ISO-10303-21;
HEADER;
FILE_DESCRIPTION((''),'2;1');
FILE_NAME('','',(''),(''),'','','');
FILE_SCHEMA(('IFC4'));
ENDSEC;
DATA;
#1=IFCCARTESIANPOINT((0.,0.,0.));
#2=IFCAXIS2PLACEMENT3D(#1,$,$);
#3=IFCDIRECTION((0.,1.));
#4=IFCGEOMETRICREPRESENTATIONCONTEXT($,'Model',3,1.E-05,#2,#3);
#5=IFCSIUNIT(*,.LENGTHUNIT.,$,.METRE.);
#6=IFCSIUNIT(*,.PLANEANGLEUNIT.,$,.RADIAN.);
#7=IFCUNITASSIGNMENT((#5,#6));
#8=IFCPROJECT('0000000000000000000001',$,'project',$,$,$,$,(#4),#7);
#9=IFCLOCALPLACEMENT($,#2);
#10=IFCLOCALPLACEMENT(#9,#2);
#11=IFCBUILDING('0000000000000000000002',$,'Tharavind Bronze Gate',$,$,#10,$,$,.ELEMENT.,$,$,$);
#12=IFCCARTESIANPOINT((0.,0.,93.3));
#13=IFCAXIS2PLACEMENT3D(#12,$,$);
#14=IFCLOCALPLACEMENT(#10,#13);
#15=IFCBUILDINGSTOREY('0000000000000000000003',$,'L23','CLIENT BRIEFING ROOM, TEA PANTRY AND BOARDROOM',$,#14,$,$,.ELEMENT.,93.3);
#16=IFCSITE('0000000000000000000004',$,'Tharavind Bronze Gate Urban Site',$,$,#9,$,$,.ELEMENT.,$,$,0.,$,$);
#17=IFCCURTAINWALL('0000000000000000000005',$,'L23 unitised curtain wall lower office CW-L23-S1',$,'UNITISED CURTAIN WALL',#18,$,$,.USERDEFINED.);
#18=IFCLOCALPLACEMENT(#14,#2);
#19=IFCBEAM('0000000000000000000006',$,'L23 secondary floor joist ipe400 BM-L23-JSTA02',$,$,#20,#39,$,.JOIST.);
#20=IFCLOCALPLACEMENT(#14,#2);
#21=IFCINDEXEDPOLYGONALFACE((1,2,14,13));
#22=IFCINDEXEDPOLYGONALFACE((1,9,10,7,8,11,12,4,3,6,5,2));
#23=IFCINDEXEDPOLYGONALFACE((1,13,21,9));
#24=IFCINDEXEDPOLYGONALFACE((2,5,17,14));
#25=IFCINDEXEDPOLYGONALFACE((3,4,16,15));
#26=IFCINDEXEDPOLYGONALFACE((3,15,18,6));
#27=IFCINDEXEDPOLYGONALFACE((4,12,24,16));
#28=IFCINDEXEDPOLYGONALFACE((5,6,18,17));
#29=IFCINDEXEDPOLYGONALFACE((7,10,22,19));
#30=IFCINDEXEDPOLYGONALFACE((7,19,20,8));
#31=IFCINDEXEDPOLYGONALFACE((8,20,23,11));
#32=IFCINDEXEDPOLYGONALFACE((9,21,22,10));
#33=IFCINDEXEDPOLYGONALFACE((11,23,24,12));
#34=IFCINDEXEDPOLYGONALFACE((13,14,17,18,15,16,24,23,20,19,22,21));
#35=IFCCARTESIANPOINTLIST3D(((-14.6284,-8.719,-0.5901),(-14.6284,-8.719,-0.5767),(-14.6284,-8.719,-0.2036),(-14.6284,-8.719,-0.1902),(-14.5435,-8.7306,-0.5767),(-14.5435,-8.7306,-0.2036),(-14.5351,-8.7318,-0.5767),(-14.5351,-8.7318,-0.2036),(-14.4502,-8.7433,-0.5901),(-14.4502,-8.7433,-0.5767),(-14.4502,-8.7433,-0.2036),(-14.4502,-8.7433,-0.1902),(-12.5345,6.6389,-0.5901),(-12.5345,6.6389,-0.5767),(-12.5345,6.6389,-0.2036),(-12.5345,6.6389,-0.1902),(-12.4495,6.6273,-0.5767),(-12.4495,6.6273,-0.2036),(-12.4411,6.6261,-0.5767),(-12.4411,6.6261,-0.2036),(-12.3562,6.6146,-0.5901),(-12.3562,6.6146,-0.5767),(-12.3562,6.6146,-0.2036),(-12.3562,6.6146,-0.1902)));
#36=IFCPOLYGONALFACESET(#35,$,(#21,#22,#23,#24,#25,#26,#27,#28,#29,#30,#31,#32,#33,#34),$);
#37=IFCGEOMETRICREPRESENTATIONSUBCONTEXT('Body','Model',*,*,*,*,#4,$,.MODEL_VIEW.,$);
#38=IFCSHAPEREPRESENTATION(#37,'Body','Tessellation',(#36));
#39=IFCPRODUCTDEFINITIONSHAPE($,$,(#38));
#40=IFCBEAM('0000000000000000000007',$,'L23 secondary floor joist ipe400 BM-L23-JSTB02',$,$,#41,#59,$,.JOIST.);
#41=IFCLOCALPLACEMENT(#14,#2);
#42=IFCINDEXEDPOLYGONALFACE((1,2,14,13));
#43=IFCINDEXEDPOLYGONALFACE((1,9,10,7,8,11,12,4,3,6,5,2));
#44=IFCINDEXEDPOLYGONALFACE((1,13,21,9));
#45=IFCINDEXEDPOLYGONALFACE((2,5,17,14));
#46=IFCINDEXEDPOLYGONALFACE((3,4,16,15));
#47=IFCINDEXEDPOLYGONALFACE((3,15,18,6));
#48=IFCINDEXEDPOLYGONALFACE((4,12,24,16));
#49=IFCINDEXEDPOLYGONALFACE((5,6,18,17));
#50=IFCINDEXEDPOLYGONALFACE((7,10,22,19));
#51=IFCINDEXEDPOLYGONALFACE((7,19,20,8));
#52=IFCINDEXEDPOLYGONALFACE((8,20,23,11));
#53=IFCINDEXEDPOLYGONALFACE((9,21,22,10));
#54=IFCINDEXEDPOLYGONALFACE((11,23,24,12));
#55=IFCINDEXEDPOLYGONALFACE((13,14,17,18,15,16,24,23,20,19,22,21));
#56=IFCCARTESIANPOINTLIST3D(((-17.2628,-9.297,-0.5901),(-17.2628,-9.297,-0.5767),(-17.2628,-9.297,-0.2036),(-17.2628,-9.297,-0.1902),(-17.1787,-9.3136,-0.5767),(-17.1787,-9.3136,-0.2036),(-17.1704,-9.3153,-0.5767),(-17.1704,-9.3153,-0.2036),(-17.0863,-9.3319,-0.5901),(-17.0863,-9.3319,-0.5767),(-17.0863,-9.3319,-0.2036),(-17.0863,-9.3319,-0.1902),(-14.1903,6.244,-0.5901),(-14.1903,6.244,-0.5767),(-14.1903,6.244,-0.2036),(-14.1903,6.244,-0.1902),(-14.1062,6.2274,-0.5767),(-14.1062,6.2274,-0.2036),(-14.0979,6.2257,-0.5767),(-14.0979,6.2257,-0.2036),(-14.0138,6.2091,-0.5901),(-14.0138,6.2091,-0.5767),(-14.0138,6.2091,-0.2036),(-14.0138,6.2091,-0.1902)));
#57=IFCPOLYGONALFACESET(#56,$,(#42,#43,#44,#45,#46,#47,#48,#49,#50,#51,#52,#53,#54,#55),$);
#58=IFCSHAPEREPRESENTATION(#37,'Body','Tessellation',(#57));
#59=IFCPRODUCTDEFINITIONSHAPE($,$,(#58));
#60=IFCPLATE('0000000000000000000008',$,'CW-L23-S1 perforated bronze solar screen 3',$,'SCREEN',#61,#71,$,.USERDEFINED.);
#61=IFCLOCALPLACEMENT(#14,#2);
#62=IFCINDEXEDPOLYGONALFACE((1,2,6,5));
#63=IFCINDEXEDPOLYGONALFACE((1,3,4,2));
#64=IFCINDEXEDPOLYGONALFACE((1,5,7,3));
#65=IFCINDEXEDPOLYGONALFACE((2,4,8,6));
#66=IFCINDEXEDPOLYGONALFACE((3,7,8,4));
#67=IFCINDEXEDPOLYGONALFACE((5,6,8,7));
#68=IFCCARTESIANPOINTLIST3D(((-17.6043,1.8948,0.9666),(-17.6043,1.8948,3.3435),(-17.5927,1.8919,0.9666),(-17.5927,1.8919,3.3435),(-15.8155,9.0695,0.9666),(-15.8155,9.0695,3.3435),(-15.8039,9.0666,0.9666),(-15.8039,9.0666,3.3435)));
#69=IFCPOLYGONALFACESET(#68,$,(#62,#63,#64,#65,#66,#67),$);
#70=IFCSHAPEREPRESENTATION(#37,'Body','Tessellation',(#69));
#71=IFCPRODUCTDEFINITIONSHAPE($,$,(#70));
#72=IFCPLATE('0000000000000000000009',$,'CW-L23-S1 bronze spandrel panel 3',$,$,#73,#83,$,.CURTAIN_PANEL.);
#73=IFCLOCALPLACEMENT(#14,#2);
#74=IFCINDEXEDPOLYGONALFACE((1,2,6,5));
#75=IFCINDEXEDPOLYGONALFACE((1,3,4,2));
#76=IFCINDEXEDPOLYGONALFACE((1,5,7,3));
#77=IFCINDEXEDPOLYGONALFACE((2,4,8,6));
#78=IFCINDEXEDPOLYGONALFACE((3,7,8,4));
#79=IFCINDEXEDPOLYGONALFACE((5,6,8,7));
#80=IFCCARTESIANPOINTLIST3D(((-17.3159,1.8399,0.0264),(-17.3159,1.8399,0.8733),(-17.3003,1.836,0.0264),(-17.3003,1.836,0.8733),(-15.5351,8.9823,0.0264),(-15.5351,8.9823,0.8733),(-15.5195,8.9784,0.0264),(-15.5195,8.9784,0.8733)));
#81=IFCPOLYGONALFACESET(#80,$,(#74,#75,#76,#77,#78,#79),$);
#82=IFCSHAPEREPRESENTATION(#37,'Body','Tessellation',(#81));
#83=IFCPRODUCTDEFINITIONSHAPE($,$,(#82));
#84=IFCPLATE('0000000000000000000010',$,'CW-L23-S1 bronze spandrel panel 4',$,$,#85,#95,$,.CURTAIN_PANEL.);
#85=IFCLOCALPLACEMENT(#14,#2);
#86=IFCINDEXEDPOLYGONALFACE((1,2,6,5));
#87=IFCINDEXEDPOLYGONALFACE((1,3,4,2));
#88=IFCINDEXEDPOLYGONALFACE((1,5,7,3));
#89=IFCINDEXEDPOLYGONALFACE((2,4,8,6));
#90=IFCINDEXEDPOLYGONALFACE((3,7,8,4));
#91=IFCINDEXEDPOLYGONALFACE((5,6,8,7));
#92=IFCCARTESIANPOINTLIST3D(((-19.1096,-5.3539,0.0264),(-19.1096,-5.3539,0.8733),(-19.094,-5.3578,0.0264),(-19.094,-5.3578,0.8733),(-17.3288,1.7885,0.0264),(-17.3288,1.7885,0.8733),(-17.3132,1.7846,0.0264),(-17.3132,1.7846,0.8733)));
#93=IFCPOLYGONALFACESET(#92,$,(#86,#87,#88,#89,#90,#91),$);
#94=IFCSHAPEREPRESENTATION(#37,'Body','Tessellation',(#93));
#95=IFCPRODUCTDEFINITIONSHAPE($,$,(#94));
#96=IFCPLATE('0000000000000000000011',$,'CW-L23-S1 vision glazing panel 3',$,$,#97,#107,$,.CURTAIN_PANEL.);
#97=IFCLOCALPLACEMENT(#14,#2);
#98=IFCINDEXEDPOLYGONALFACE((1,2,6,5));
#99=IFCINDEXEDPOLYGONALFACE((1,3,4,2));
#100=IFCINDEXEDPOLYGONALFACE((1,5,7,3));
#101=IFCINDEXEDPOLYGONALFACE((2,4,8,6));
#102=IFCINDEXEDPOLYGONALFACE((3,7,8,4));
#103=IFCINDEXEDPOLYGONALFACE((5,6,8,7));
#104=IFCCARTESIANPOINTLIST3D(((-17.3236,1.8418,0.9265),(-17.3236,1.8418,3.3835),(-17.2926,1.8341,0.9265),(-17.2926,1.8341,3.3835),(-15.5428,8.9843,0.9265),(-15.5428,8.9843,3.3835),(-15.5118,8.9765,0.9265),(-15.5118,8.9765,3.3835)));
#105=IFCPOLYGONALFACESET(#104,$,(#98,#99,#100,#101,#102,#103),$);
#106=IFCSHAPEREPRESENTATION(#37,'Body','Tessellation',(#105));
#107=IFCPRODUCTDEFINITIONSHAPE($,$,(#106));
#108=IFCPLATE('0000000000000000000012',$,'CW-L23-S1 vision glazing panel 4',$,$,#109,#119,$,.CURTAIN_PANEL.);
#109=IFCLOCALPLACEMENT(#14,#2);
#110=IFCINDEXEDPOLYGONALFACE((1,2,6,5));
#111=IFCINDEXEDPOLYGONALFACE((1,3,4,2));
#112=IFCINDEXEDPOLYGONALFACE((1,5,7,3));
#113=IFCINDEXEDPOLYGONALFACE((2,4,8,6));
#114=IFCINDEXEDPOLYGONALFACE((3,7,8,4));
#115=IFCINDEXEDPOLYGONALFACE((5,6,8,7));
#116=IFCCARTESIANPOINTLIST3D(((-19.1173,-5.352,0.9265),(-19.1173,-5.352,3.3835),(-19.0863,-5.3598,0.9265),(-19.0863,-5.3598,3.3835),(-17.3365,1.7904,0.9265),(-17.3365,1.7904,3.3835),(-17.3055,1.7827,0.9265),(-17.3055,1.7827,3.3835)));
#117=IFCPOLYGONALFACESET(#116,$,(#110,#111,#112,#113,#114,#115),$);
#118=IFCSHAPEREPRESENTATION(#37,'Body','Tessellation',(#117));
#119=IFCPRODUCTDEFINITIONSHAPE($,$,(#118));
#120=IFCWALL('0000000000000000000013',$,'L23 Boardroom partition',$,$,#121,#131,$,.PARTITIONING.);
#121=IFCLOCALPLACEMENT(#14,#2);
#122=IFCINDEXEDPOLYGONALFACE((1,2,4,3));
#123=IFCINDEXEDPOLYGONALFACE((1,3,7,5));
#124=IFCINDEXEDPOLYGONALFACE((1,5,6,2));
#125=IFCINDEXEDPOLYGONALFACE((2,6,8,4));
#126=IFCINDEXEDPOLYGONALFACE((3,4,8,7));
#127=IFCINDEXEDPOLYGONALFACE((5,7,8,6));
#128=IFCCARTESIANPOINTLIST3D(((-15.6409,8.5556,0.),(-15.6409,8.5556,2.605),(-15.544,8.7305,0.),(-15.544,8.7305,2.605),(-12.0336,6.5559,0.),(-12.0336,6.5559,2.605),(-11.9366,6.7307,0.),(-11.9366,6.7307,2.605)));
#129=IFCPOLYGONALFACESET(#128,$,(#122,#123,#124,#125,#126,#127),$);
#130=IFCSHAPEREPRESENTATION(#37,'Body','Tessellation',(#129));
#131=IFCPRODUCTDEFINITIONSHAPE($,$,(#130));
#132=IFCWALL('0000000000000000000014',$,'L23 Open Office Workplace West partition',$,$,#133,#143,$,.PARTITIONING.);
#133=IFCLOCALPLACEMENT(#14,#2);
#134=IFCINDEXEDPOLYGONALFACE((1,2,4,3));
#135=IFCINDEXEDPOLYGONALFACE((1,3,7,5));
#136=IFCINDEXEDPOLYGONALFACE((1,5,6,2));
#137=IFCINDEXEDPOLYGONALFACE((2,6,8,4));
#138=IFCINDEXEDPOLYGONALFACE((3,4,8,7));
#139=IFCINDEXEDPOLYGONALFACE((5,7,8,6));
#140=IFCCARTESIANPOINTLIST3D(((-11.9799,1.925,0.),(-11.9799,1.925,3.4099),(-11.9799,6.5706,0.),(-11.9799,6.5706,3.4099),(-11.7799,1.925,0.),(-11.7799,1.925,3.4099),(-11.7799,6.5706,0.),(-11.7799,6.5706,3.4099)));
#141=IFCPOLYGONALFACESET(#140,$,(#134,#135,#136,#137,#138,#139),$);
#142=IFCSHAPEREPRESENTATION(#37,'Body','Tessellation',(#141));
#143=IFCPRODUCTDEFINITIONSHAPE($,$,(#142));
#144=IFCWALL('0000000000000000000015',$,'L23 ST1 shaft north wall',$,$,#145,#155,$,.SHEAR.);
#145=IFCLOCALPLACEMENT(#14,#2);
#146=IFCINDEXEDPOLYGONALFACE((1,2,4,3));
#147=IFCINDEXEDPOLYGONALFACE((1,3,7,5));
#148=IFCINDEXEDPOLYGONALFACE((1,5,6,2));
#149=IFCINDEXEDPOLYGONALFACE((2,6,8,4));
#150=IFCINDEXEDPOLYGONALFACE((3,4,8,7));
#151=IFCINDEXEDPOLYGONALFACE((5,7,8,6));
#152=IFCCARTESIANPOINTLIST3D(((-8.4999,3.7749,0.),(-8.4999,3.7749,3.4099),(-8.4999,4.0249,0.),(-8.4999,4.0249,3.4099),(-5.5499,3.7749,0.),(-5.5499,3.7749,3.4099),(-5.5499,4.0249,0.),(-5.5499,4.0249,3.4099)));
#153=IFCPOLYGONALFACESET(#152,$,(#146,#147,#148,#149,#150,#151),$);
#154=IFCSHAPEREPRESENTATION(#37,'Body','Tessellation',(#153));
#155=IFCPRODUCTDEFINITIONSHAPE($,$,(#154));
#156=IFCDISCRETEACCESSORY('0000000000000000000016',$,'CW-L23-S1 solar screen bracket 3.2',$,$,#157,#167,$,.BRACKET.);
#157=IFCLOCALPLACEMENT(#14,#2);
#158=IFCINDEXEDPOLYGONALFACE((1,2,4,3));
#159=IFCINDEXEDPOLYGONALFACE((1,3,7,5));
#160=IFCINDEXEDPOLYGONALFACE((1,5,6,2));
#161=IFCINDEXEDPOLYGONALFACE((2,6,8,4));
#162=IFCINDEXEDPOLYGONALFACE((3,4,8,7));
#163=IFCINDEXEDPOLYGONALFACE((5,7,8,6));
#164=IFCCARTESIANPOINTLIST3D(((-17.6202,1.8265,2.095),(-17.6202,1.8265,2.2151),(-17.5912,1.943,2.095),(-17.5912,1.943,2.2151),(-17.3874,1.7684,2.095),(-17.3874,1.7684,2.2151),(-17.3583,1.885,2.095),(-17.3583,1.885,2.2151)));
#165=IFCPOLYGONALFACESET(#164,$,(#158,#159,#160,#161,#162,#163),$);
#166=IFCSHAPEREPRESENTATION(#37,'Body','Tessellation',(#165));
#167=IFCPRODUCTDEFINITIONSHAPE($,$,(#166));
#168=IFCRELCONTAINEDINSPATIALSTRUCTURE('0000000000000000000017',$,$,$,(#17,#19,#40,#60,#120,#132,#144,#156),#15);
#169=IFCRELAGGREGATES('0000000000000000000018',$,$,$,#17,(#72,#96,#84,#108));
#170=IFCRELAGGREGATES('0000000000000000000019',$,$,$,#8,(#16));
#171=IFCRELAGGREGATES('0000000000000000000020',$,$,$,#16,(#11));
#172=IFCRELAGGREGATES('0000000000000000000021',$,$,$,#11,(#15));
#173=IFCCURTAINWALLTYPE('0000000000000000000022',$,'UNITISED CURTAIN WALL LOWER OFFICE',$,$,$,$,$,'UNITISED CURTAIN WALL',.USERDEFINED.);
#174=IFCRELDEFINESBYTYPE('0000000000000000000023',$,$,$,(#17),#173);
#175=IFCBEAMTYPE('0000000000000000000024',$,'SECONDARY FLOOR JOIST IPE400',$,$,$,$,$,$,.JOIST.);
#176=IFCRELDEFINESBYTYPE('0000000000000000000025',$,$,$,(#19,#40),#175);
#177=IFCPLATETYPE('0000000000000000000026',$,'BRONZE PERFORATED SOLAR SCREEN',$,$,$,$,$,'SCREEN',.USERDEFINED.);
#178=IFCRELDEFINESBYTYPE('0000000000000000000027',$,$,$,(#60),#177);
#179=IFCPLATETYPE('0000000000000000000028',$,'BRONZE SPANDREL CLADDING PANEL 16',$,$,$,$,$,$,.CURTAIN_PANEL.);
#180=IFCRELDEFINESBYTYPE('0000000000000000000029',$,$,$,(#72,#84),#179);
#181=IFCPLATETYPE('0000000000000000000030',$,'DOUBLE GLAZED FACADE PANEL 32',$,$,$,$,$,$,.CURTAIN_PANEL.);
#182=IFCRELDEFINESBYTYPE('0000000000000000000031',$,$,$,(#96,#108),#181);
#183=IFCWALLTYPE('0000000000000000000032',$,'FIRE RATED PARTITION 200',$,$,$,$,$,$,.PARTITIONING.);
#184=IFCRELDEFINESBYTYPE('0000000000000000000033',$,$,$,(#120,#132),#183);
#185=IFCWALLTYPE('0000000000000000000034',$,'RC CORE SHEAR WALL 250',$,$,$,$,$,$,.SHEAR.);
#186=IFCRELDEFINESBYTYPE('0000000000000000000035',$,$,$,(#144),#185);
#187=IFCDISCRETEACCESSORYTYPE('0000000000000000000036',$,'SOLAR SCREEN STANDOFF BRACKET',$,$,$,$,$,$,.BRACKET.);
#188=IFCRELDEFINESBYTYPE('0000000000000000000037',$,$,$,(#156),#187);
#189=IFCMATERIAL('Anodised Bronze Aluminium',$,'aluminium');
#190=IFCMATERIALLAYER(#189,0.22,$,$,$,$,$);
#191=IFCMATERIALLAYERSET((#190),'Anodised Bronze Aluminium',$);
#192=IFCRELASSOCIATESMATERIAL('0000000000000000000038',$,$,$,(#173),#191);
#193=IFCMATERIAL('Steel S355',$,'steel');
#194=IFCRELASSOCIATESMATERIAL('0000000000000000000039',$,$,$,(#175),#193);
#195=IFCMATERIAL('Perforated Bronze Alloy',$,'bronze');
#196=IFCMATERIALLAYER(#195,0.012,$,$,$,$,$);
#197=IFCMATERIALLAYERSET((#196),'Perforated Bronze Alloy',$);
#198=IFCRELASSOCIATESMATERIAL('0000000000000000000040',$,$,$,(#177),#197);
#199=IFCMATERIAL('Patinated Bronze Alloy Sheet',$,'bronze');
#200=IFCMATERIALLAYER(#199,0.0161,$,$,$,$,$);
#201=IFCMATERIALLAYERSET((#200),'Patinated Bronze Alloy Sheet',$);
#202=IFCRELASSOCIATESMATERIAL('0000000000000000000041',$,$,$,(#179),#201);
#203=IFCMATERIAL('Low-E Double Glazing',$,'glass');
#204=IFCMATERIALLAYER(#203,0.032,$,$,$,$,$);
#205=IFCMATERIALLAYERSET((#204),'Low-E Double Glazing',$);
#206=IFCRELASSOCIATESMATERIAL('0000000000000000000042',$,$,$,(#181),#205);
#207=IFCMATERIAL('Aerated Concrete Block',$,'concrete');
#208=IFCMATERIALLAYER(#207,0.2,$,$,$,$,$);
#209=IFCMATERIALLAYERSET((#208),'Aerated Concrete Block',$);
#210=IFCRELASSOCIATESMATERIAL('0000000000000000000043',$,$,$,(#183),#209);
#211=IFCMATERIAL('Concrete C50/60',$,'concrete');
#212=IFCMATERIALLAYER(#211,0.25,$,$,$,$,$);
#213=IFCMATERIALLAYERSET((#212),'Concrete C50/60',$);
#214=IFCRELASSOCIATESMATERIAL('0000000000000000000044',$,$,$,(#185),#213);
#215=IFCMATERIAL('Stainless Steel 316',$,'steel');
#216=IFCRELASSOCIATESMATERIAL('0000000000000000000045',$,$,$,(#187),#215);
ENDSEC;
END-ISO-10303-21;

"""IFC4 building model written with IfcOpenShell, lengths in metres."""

from ifc_helpers import new_model, si_unit, direction, frame, frame_2d, origin, origin_2d, place, context, subcontext, project, spatial, rectangle, i_section, extrude, material, layer, layer_set, material_profile, profile_set, type_object, element, aggregate, save


model = new_model("IFC4")

# Units and contexts
model_context = context("Model", 3, precision=1e-05, world=origin(), true_north=direction((0.0, 1.0)))
body_context = subcontext(model_context, "Body", "Model", "MODEL_VIEW")
ifc_project = project(units=[si_unit("LENGTHUNIT", "METRE"), si_unit("PLANEANGLEUNIT", "RADIAN")], contexts=[model_context])

# Site, building, storey
site_placement = place(None, origin())
site = spatial("IfcSite", under=ifc_project, at=site_placement, Name="Tharavind Bronze Gate Urban Site", CompositionType="ELEMENT", RefElevation=0.0)
building_placement = place(site_placement, origin())
building = spatial("IfcBuilding", under=site, at=building_placement, Name="Tharavind Bronze Gate", CompositionType="ELEMENT")
storey_placement = place(building_placement, frame((0.0, 0.0, 93.3)))
storey = spatial("IfcBuildingStorey", under=building, at=storey_placement, Name="L23", Description="CLIENT BRIEFING ROOM, TEA PANTRY AND BOARDROOM", CompositionType="ELEMENT", Elevation=93.3)

# Curtain wall
ifc_material_1 = material(Name="Anodised Bronze Aluminium", Category="aluminium")
ifc_layer_1 = layer(ifc_material_1, 0.22)
ifc_layer_set_1 = layer_set([ifc_layer_1], Name="Anodised Bronze Aluminium")
curtain_wall_type = type_object("IfcCurtainWallType", Name="UNITISED CURTAIN WALL LOWER OFFICE", ElementType="UNITISED CURTAIN WALL", PredefinedType="USERDEFINED", material=ifc_layer_set_1)
curtain_wall_placement = place(storey_placement, origin())
curtain_wall = element("IfcCurtainWall", 1, at=curtain_wall_placement, inside=storey, type_object=curtain_wall_type, Name="L23 unitised curtain wall lower office CW-L23-S1", ObjectType="UNITISED CURTAIN WALL", PredefinedType="USERDEFINED")

# Beams
ifc_material_2 = material(Name="Steel S355", Category="steel")
ifc_material_profile_1 = material_profile(ifc_material_2, i_section(OverallWidth=0.1799, OverallDepth=0.3999, WebThickness=0.0085, FlangeThickness=0.0134, at=origin_2d()), Name="IPE400")
ifc_profile_set_1 = profile_set([ifc_material_profile_1], Name="Steel S355")
beam_type_1 = type_object("IfcBeamType", Name="SECONDARY FLOOR JOIST IPE400", PredefinedType="JOIST", material=ifc_profile_set_1)
beam_1_placement = place(storey_placement, frame((-12.4453, 6.6267, -0.3901), z_axis=(-0.135096, -0.990832, 0.0), x_axis=(0.990832, -0.135096, 0.0)))
element("IfcBeam", 2, at=beam_1_placement, inside=storey, type_object=beam_type_1, Name="L23 secondary floor joist ipe400 BM-L23-JSTA02", PredefinedType="JOIST", context=body_context, shape_type="SweptSolid", body=[
    extrude(i_section(OverallWidth=0.1799, OverallDepth=0.3999, WebThickness=0.0085, FlangeThickness=0.0134, at=origin_2d()), origin(), (0.0, 0.0, 1.0), 15.5),
])
beam_2_placement = place(storey_placement, frame((-14.1021, 6.2266, -0.3901), z_axis=(-0.193949, -0.981012, 0.0), x_axis=(0.981012, -0.193949, 0.0)))
element("IfcBeam", 3, at=beam_2_placement, inside=storey, type_object=beam_type_1, Name="L23 secondary floor joist ipe400 BM-L23-JSTB02", PredefinedType="JOIST", context=body_context, shape_type="SweptSolid", body=[
    extrude(i_section(OverallWidth=0.1799, OverallDepth=0.3999, WebThickness=0.0085, FlangeThickness=0.0134, at=origin_2d()), origin(), (0.0, 0.0, 1.0), 15.8418),
])

# Plates
ifc_material_3 = material(Name="Perforated Bronze Alloy", Category="bronze")
ifc_layer_2 = layer(ifc_material_3, 0.012)
ifc_layer_set_2 = layer_set([ifc_layer_2], Name="Perforated Bronze Alloy")
plate_type_1 = type_object("IfcPlateType", Name="BRONZE PERFORATED SOLAR SCREEN", ElementType="SCREEN", PredefinedType="USERDEFINED", material=ifc_layer_set_2)
plate_1_placement = place(storey_placement, frame((-16.7041, 5.4807, 0.9666), z_axis=(0.0, 0.0, 1.0), x_axis=(-0.241922, -0.970296, 0.0)))
element("IfcPlate", 4, at=plate_1_placement, inside=storey, type_object=plate_type_1, Name="CW-L23-S1 perforated bronze solar screen 3", ObjectType="SCREEN", PredefinedType="USERDEFINED", context=body_context, shape_type="SweptSolid", body=[
    extrude(rectangle(XDim=7.3943, YDim=0.012, at=origin_2d()), origin(), (0.0, 0.0, 1.0), 2.377),
])
ifc_material_4 = material(Name="Patinated Bronze Alloy Sheet", Category="bronze")
ifc_layer_3 = layer(ifc_material_4, 0.0161)
ifc_layer_set_3 = layer_set([ifc_layer_3], Name="Patinated Bronze Alloy Sheet")
plate_type_2 = type_object("IfcPlateType", Name="BRONZE SPANDREL CLADDING PANEL 16", PredefinedType="CURTAIN_PANEL", material=ifc_layer_set_3)
plate_2_placement = place(storey_placement, frame((-16.4177, 5.4092, 0.0264), z_axis=(0.0, 0.0, 1.0), x_axis=(-0.241922, -0.970296, 0.0)))
plate_2 = element("IfcPlate", 5, at=plate_2_placement, type_object=plate_type_2, Name="CW-L23-S1 bronze spandrel panel 3", PredefinedType="CURTAIN_PANEL", context=body_context, shape_type="SweptSolid", body=[
    extrude(rectangle(XDim=7.3611, YDim=0.0161, at=origin_2d()), origin(), (0.0, 0.0, 1.0), 0.8469),
])
plate_3_placement = place(storey_placement, frame((-18.2114, -1.7847, 0.0264), z_axis=(0.0, 0.0, 1.0), x_axis=(-0.241922, -0.970296, 0.0)))
plate_3 = element("IfcPlate", 6, at=plate_3_placement, type_object=plate_type_2, Name="CW-L23-S1 bronze spandrel panel 4", PredefinedType="CURTAIN_PANEL", context=body_context, shape_type="SweptSolid", body=[
    extrude(rectangle(XDim=7.3611, YDim=0.0161, at=origin_2d()), origin(), (0.0, 0.0, 1.0), 0.8469),
])
ifc_material_5 = material(Name="Low-E Double Glazing", Category="glass")
ifc_layer_4 = layer(ifc_material_5, 0.032)
ifc_layer_set_4 = layer_set([ifc_layer_4], Name="Low-E Double Glazing")
plate_type_3 = type_object("IfcPlateType", Name="DOUBLE GLAZED FACADE PANEL 32", PredefinedType="CURTAIN_PANEL", material=ifc_layer_set_4)
plate_4_placement = place(storey_placement, frame((-16.4177, 5.4092, 0.9265), z_axis=(0.0, 0.0, 1.0), x_axis=(-0.241922, -0.970296, 0.0)))
plate_4 = element("IfcPlate", 7, at=plate_4_placement, type_object=plate_type_3, Name="CW-L23-S1 vision glazing panel 3", PredefinedType="CURTAIN_PANEL", context=body_context, shape_type="SweptSolid", body=[
    extrude(rectangle(XDim=7.3611, YDim=0.032, at=origin_2d()), origin(), (0.0, 0.0, 1.0), 2.457),
])
plate_5_placement = place(storey_placement, frame((-18.2114, -1.7847, 0.9265), z_axis=(0.0, 0.0, 1.0), x_axis=(-0.241922, -0.970296, 0.0)))
plate_5 = element("IfcPlate", 8, at=plate_5_placement, type_object=plate_type_3, Name="CW-L23-S1 vision glazing panel 4", PredefinedType="CURTAIN_PANEL", context=body_context, shape_type="SweptSolid", body=[
    extrude(rectangle(XDim=7.3611, YDim=0.032, at=origin_2d()), origin(), (0.0, 0.0, 1.0), 2.457),
])
aggregate(curtain_wall, [plate_2, plate_4, plate_3, plate_5])

# Walls
ifc_material_6 = material(Name="Aerated Concrete Block", Category="concrete")
ifc_layer_5 = layer(ifc_material_6, 0.2)
ifc_layer_set_5 = layer_set([ifc_layer_5], Name="Aerated Concrete Block")
wall_type_1 = type_object("IfcWallType", Name="FIRE RATED PARTITION 200", PredefinedType="PARTITIONING", material=ifc_layer_set_5)
wall_1_placement = place(storey_placement, frame((-11.9851, 6.6433, 0.0), z_axis=(0.0, 0.0, 1.0), x_axis=(-0.874606, 0.484834, 0.0)))
element("IfcWall", 9, at=wall_1_placement, inside=storey, type_object=wall_type_1, Name="L23 Boardroom partition", PredefinedType="PARTITIONING", context=body_context, shape_type="SweptSolid", body=[
    extrude(rectangle(XDim=4.1245, YDim=0.2, at=frame_2d((2.0623, 0.0))), origin(), (0.0, 0.0, 1.0), 2.605),
])
wall_2_placement = place(storey_placement, frame((-11.8799, 6.5706, 0.0), z_axis=(0.0, 0.0, 1.0), x_axis=(0.0, -1.0, 0.0)))
element("IfcWall", 10, at=wall_2_placement, inside=storey, type_object=wall_type_1, Name="L23 Open Office Workplace West partition", PredefinedType="PARTITIONING", context=body_context, shape_type="SweptSolid", body=[
    extrude(rectangle(XDim=4.6455, YDim=0.2, at=frame_2d((2.3228, 0.0))), origin(), (0.0, 0.0, 1.0), 3.4099),
])

# Wall
ifc_material_7 = material(Name="Concrete C50/60", Category="concrete")
ifc_layer_6 = layer(ifc_material_7, 0.25)
ifc_layer_set_6 = layer_set([ifc_layer_6], Name="Concrete C50/60")
wall_type_2 = type_object("IfcWallType", Name="RC CORE SHEAR WALL 250", PredefinedType="SHEAR", material=ifc_layer_set_6)
wall_3_placement = place(storey_placement, frame((-8.5, 3.8999, 0.0), z_axis=(0.0, 0.0, 1.0), x_axis=(1.0, 0.0, 0.0)))
element("IfcWall", 11, at=wall_3_placement, inside=storey, type_object=wall_type_2, Name="L23 ST1 shaft north wall", PredefinedType="SHEAR", context=body_context, shape_type="SweptSolid", body=[
    extrude(rectangle(XDim=2.95, YDim=0.25, at=frame_2d((1.4751, 0.0))), origin(), (0.0, 0.0, 1.0), 3.4099),
])

# Discrete accessory
ifc_material_8 = material(Name="Stainless Steel 316", Category="steel")
discrete_accessory_type = type_object("IfcDiscreteAccessoryType", Name="SOLAR SCREEN STANDOFF BRACKET", PredefinedType="BRACKET", material=ifc_material_8)
discrete_accessory_placement = place(storey_placement, frame((-17.4893, 1.8557, 2.095), z_axis=(0.0, 0.0, 1.0), x_axis=(-0.241922, -0.970296, 0.0)))
element("IfcDiscreteAccessory", 12, at=discrete_accessory_placement, inside=storey, type_object=discrete_accessory_type, Name="CW-L23-S1 solar screen bracket 3.2", PredefinedType="BRACKET", context=body_context, shape_type="SweptSolid", body=[
    extrude(rectangle(XDim=0.1201, YDim=0.24, at=origin_2d()), origin(), (0.0, 0.0, 1.0), 0.1201),
])

save(model, "model.ifc")
